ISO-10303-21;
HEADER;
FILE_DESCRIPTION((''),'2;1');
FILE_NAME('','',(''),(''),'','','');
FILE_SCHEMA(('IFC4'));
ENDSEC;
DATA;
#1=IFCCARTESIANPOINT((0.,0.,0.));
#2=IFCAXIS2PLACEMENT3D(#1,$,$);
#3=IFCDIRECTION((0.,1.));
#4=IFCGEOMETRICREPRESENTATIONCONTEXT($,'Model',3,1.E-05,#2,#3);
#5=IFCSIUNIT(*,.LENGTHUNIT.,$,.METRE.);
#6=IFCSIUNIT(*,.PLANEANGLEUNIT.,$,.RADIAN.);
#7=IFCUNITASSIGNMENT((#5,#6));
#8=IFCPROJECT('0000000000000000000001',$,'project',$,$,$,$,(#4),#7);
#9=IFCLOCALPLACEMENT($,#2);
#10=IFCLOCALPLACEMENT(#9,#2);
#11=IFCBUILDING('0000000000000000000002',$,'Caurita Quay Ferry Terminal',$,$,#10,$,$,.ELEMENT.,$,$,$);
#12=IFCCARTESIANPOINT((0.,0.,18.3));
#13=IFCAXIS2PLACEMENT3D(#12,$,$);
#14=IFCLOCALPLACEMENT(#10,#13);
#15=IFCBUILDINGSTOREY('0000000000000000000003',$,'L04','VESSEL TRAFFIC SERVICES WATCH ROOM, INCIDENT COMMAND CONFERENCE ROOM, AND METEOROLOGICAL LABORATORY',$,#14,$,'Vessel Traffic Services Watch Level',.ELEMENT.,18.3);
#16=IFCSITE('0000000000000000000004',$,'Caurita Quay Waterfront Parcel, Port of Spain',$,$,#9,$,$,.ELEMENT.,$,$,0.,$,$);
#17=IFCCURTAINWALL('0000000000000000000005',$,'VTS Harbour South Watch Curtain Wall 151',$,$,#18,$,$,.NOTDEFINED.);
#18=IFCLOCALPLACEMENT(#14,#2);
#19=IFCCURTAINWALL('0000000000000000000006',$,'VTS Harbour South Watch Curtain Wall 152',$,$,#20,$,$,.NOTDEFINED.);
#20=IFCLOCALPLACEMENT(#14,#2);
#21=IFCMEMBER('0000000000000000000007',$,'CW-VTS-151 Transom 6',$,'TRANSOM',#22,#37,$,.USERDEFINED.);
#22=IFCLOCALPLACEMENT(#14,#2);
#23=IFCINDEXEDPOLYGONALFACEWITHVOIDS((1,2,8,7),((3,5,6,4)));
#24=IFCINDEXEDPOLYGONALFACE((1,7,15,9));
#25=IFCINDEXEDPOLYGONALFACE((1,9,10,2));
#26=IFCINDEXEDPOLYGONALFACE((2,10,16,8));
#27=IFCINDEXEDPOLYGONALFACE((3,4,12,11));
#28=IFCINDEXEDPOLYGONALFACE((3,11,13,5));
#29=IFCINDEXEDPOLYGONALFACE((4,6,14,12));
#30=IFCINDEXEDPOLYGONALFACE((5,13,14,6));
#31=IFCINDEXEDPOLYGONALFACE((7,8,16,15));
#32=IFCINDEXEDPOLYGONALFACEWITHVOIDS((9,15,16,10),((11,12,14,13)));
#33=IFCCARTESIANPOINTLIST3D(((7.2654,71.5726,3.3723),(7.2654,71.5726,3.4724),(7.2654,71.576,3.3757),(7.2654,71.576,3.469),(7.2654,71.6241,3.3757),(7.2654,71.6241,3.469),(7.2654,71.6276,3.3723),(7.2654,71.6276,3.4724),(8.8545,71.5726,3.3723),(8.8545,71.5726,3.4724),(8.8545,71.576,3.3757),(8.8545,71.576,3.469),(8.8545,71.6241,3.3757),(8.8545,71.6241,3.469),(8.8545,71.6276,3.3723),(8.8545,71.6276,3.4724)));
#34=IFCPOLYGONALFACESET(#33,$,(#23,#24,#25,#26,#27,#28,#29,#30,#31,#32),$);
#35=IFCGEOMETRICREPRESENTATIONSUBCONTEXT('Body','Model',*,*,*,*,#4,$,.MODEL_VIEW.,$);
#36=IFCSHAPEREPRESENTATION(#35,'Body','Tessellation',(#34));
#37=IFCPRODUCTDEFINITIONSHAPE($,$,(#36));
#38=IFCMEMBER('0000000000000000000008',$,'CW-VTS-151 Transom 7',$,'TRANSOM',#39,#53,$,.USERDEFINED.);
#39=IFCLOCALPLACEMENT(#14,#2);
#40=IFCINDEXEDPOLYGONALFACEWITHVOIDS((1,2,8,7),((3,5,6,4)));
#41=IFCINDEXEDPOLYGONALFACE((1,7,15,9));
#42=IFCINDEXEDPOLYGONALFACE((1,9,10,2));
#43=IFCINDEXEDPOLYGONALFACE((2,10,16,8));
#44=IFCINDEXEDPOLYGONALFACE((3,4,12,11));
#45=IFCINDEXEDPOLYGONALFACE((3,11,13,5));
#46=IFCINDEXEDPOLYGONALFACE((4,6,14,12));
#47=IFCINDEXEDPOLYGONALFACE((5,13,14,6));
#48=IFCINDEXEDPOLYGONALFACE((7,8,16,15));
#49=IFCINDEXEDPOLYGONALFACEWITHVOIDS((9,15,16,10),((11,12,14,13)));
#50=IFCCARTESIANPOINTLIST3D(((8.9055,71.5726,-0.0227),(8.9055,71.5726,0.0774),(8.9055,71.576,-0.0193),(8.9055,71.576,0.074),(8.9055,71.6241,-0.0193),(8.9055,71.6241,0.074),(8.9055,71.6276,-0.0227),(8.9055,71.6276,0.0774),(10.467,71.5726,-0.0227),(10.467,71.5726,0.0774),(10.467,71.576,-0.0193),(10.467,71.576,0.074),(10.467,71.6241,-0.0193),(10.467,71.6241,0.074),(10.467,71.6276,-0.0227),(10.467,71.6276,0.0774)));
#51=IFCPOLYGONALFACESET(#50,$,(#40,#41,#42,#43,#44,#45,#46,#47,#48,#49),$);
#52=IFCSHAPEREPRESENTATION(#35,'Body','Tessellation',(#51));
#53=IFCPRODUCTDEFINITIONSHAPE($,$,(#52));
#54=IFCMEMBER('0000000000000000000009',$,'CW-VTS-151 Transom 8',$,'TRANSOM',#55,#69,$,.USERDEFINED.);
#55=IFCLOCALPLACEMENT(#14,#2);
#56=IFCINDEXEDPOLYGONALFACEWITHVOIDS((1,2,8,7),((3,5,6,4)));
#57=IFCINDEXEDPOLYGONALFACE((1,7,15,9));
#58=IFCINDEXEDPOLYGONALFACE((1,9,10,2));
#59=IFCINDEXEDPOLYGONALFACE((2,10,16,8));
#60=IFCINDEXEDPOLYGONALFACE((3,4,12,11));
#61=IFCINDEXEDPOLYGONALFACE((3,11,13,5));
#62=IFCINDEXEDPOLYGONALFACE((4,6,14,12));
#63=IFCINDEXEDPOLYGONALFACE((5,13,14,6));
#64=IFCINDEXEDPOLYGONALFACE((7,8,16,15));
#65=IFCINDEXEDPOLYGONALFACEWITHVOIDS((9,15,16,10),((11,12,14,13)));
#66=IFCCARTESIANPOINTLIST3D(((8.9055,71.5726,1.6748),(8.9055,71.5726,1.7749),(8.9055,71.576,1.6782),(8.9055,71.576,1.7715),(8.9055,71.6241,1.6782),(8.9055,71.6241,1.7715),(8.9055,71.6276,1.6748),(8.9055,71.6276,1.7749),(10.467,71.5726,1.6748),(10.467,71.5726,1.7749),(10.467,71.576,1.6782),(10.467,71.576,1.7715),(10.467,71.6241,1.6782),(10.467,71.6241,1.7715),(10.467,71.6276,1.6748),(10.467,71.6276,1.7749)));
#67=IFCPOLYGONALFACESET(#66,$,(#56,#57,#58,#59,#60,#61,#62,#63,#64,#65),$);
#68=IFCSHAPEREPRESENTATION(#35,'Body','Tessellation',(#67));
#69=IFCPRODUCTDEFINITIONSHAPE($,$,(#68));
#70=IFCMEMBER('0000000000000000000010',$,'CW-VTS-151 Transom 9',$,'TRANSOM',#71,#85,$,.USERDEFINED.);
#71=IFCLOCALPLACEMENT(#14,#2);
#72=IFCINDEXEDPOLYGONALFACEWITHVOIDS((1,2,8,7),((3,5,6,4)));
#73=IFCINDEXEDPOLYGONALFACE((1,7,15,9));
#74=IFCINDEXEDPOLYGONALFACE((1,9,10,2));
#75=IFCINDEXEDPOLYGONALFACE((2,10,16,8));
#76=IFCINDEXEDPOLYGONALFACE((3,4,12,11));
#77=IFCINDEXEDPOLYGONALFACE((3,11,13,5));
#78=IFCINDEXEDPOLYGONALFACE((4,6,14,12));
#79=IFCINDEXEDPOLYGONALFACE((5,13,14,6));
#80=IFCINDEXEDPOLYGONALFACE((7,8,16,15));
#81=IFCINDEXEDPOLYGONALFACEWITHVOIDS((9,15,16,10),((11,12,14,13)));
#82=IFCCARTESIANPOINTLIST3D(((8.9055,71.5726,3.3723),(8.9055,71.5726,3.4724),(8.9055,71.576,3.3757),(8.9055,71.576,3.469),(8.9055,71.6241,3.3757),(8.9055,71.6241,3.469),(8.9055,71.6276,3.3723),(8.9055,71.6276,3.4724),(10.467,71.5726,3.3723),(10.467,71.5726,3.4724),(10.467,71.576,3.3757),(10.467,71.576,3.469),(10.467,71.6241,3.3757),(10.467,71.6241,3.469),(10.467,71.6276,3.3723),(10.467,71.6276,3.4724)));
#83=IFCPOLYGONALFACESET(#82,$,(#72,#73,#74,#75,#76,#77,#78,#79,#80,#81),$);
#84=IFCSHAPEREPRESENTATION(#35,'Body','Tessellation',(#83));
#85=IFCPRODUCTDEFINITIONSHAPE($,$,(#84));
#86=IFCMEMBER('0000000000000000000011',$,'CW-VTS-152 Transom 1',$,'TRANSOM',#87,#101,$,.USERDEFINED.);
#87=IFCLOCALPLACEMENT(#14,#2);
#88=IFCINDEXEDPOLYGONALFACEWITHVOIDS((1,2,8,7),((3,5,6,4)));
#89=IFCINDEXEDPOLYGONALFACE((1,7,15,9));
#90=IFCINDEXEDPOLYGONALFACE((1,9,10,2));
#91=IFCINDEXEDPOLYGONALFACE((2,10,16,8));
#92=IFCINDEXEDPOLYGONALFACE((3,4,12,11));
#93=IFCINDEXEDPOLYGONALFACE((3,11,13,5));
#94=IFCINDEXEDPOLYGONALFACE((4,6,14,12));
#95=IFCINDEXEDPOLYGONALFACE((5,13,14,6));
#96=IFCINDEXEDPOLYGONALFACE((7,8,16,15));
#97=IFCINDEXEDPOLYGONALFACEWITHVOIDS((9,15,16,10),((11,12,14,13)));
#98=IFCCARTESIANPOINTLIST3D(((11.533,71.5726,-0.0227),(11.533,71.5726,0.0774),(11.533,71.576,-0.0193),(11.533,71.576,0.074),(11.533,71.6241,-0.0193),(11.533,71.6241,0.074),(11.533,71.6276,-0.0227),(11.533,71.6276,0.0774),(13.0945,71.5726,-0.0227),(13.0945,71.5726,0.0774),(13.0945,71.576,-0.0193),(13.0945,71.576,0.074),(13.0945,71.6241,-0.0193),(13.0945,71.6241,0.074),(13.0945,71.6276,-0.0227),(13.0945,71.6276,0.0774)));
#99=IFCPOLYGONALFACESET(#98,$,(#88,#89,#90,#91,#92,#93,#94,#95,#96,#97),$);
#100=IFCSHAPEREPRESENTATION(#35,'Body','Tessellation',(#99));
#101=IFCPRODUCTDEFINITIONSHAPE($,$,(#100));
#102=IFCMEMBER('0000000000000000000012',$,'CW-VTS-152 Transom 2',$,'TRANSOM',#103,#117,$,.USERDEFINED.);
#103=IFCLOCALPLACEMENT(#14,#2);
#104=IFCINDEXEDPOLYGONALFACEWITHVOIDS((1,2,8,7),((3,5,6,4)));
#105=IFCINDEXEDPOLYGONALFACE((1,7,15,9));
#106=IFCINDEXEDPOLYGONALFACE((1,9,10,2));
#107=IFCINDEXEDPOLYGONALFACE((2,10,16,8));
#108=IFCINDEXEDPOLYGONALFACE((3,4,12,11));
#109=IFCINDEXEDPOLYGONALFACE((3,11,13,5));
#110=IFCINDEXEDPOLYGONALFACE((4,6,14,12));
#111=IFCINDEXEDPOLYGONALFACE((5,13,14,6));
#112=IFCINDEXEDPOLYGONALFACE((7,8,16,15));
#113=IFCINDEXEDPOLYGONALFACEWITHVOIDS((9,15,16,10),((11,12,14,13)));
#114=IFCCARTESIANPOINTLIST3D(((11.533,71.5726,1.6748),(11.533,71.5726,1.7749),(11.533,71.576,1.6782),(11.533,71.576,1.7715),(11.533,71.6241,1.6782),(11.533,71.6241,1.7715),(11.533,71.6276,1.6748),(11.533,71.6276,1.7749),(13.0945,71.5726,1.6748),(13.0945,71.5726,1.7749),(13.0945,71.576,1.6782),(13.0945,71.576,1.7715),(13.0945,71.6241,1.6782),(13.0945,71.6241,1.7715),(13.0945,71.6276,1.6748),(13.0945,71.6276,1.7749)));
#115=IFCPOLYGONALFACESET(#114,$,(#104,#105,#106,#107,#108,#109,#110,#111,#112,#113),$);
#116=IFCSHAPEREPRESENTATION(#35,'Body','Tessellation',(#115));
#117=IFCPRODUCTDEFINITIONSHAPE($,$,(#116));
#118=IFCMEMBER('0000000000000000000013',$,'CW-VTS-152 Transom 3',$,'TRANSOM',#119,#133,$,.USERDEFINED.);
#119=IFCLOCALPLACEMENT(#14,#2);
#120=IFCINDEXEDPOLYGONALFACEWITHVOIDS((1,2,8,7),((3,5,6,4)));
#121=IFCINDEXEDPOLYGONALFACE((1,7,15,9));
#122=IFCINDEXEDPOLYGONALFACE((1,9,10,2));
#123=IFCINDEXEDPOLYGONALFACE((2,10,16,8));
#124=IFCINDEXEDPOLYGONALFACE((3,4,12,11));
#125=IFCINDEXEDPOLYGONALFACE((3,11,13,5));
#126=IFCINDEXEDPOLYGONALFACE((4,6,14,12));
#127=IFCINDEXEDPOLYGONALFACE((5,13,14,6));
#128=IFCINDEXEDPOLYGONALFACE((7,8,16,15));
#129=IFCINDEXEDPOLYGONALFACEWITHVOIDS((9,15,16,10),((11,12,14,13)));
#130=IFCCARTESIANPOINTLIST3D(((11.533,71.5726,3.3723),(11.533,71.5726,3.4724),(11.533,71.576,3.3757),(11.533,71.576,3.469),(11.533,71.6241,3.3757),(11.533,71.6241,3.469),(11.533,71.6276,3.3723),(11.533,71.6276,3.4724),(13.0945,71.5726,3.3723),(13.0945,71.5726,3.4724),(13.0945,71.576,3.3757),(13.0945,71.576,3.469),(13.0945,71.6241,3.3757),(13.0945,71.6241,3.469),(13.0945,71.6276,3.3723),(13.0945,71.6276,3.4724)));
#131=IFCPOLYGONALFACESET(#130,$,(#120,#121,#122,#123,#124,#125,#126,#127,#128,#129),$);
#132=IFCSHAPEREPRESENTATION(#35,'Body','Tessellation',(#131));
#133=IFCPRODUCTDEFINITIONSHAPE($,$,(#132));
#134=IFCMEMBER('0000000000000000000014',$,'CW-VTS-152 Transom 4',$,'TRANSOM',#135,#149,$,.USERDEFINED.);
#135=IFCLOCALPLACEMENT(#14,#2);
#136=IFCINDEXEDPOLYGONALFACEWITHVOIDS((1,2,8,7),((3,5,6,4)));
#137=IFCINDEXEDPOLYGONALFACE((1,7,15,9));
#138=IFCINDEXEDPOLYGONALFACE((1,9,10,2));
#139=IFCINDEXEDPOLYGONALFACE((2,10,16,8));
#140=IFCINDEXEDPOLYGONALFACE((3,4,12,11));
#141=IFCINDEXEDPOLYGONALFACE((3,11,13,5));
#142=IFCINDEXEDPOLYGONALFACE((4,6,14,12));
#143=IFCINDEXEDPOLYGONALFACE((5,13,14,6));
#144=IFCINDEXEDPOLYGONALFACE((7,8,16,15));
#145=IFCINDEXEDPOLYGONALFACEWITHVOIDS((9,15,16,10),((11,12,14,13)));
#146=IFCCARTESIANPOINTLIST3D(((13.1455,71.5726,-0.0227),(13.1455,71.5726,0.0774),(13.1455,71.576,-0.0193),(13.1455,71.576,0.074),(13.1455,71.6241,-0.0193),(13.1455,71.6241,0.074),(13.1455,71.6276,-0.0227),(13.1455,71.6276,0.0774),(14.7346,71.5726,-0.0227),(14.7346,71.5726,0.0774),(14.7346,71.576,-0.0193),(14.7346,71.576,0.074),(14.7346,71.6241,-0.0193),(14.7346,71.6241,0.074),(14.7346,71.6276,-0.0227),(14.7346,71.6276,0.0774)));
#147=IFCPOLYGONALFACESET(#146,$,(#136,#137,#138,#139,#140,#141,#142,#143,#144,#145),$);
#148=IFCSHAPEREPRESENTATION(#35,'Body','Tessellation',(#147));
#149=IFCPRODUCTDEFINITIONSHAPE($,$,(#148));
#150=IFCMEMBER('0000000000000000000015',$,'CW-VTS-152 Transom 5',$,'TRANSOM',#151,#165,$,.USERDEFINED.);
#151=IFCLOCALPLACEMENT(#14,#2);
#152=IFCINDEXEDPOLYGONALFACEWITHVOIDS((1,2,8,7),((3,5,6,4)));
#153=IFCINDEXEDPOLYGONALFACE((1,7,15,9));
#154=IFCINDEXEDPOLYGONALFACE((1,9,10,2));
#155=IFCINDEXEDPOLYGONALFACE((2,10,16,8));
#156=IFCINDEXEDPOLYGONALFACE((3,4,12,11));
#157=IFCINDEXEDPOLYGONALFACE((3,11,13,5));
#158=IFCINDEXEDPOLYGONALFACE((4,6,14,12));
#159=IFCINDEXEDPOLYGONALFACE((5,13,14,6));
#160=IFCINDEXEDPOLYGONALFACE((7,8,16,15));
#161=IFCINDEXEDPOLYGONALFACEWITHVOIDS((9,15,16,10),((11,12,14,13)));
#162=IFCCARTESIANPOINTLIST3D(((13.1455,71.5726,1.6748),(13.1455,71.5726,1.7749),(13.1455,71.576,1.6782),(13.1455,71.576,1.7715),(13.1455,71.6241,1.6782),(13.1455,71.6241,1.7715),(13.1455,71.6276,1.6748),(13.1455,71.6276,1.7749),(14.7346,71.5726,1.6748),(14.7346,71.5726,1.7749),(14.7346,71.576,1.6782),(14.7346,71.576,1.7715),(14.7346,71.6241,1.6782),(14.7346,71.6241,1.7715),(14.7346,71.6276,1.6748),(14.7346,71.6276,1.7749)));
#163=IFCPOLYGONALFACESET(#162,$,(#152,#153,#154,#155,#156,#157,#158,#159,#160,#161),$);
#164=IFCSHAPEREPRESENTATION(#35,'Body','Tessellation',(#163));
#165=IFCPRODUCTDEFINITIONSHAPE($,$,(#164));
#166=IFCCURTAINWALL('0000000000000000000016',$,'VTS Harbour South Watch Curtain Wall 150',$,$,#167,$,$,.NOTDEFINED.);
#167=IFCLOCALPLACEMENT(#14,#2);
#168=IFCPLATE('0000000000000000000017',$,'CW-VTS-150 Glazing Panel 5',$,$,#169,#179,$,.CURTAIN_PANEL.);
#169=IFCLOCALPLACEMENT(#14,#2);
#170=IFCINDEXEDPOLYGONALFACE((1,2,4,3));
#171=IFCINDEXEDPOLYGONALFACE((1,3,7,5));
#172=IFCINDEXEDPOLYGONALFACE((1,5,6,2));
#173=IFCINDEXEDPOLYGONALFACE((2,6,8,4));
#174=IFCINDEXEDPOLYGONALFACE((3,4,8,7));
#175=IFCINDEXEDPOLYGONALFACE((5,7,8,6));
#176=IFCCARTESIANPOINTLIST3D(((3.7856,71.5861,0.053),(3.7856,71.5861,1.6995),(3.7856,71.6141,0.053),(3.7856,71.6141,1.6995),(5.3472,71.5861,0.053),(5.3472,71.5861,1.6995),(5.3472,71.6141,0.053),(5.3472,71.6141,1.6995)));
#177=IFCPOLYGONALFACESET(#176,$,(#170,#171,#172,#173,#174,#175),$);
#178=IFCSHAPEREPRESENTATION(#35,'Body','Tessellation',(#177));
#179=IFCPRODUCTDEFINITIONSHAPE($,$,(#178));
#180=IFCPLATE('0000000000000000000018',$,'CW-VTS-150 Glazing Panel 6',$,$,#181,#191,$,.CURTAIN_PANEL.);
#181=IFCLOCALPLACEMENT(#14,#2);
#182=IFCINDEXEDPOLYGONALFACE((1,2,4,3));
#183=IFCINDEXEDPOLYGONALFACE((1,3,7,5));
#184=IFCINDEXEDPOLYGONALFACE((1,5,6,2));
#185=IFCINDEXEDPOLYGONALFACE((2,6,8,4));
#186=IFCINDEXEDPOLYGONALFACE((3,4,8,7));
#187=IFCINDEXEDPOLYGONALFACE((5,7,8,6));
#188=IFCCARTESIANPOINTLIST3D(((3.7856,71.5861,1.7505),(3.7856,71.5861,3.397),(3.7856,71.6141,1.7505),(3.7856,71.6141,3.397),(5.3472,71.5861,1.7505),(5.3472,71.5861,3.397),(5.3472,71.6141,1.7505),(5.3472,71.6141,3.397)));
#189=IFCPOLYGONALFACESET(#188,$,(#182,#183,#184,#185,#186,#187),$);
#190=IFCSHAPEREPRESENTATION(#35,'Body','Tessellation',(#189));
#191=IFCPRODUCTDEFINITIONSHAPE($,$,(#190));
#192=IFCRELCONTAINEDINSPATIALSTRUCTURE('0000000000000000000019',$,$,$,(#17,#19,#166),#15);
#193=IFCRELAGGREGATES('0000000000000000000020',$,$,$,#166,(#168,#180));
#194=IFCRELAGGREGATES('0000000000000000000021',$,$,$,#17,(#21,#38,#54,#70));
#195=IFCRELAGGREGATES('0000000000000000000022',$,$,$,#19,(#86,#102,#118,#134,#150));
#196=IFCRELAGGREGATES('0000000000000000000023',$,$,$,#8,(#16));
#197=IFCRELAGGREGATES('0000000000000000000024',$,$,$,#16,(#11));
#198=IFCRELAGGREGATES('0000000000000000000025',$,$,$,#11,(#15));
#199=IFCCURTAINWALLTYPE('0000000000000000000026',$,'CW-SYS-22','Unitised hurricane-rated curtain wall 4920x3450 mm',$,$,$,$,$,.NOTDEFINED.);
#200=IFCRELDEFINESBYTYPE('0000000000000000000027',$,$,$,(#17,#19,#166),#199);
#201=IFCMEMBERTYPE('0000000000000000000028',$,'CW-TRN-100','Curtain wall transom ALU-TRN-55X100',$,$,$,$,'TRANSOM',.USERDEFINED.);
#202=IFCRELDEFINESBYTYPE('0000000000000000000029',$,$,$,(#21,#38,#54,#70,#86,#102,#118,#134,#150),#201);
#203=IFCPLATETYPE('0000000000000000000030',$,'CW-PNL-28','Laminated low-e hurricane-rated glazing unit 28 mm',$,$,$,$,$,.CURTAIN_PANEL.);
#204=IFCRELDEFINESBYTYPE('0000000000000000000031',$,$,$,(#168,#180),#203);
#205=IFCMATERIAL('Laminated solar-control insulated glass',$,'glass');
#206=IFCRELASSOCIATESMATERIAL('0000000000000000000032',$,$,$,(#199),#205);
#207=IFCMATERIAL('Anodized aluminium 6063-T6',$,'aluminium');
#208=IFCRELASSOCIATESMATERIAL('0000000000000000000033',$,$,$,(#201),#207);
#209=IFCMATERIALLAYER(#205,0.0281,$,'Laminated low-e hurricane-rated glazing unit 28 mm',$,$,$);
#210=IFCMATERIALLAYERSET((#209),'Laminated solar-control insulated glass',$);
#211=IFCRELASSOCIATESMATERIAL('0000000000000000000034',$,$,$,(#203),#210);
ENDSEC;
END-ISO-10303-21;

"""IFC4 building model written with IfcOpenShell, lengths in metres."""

from ifc_helpers import new_model, si_unit, direction, frame, origin, origin_2d, place, context, subcontext, project, spatial, rectangle, hollow_rectangle, extrude, material, layer, layer_set, material_profile, profile_set, type_object, element, aggregate, save


model = new_model("IFC4")

# Units and contexts
model_context = context("Model", 3, precision=1e-05, world=origin(), true_north=direction((0.0, 1.0)))
body_context = subcontext(model_context, "Body", "Model", "MODEL_VIEW")
ifc_project = project(units=[si_unit("LENGTHUNIT", "METRE"), si_unit("PLANEANGLEUNIT", "RADIAN")], contexts=[model_context])

# Site, building, storey
site_placement = place(None, origin())
site = spatial("IfcSite", under=ifc_project, at=site_placement, Name="Caurita Quay Waterfront Parcel, Port of Spain", CompositionType="ELEMENT", RefElevation=0.0)
building_placement = place(site_placement, origin())
building = spatial("IfcBuilding", under=site, at=building_placement, Name="Caurita Quay Ferry Terminal", CompositionType="ELEMENT")
storey_placement = place(building_placement, frame((0.0, 0.0, 18.3)))
storey = spatial("IfcBuildingStorey", under=building, at=storey_placement, Name="L04", Description="VESSEL TRAFFIC SERVICES WATCH ROOM, INCIDENT COMMAND CONFERENCE ROOM, AND METEOROLOGICAL LABORATORY", LongName="Vessel Traffic Services Watch Level", CompositionType="ELEMENT", Elevation=18.3)

# Curtain walls
ifc_material_1 = material(Name="Laminated solar-control insulated glass", Category="glass")
curtain_wall_type = type_object("IfcCurtainWallType", Name="CW-SYS-22", Description="Unitised hurricane-rated curtain wall 4920x3450 mm", PredefinedType="NOTDEFINED", material=ifc_material_1)
curtain_wall_1_placement = place(storey_placement, origin())
curtain_wall_1 = element("IfcCurtainWall", 1, at=curtain_wall_1_placement, inside=storey, type_object=curtain_wall_type, Name="VTS Harbour South Watch Curtain Wall 151", PredefinedType="NOTDEFINED")
ifc_material_2 = material(Name="Anodized aluminium 6063-T6", Category="aluminium")
curtain_wall_2_placement = place(storey_placement, origin())
curtain_wall_2 = element("IfcCurtainWall", 2, at=curtain_wall_2_placement, inside=storey, type_object=curtain_wall_type, Name="VTS Harbour South Watch Curtain Wall 152", PredefinedType="NOTDEFINED")

# Members
ifc_material_profile_1 = material_profile(ifc_material_2, hollow_rectangle(XDim=0.0549, YDim=0.1001, WallThickness=0.0034, at=origin_2d()), Name="ALU-TRN-55X100")
ifc_profile_set_1 = profile_set([ifc_material_profile_1], Name="Anodized aluminium 6063-T6")
member_type_1 = type_object("IfcMemberType", Name="CW-TRN-100", Description="Curtain wall transom ALU-TRN-55X100", ElementType="TRANSOM", PredefinedType="USERDEFINED", material=ifc_profile_set_1)
member_1_placement = place(storey_placement, frame((7.2654, 71.6001, 3.4224), z_axis=(1.0, 0.0, 0.0), x_axis=(0.0, 1.0, 0.0)))
member_1 = element("IfcMember", 3, at=member_1_placement, type_object=member_type_1, Name="CW-VTS-151 Transom 6", ObjectType="TRANSOM", PredefinedType="USERDEFINED", context=body_context, shape_type="SweptSolid", body=[
    extrude(hollow_rectangle(XDim=0.0549, YDim=0.1001, WallThickness=0.0034, at=origin_2d()), origin(), (0.0, 0.0, 1.0), 1.5891),
])
member_2_placement = place(storey_placement, frame((8.9055, 71.6001, 0.0273), z_axis=(1.0, 0.0, 0.0), x_axis=(0.0, 1.0, 0.0)))
member_2 = element("IfcMember", 4, at=member_2_placement, type_object=member_type_1, Name="CW-VTS-151 Transom 7", ObjectType="TRANSOM", PredefinedType="USERDEFINED", context=body_context, shape_type="SweptSolid", body=[
    extrude(hollow_rectangle(XDim=0.0549, YDim=0.1001, WallThickness=0.0034, at=origin_2d()), origin(), (0.0, 0.0, 1.0), 1.5615),
])
member_3_placement = place(storey_placement, frame((8.9055, 71.6001, 1.7249), z_axis=(1.0, 0.0, 0.0), x_axis=(0.0, 1.0, 0.0)))
member_3 = element("IfcMember", 5, at=member_3_placement, type_object=member_type_1, Name="CW-VTS-151 Transom 8", ObjectType="TRANSOM", PredefinedType="USERDEFINED", context=body_context, shape_type="SweptSolid", body=[
    extrude(hollow_rectangle(XDim=0.0549, YDim=0.1001, WallThickness=0.0034, at=origin_2d()), origin(), (0.0, 0.0, 1.0), 1.5615),
])
member_4_placement = place(storey_placement, frame((8.9055, 71.6001, 3.4224), z_axis=(1.0, 0.0, 0.0), x_axis=(0.0, 1.0, 0.0)))
member_4 = element("IfcMember", 6, at=member_4_placement, type_object=member_type_1, Name="CW-VTS-151 Transom 9", ObjectType="TRANSOM", PredefinedType="USERDEFINED", context=body_context, shape_type="SweptSolid", body=[
    extrude(hollow_rectangle(XDim=0.0549, YDim=0.1001, WallThickness=0.0034, at=origin_2d()), origin(), (0.0, 0.0, 1.0), 1.5615),
])
member_5_placement = place(storey_placement, frame((11.533, 71.6001, 0.0273), z_axis=(1.0, 0.0, 0.0), x_axis=(0.0, 1.0, 0.0)))
member_5 = element("IfcMember", 7, at=member_5_placement, type_object=member_type_1, Name="CW-VTS-152 Transom 1", ObjectType="TRANSOM", PredefinedType="USERDEFINED", context=body_context, shape_type="SweptSolid", body=[
    extrude(hollow_rectangle(XDim=0.0549, YDim=0.1001, WallThickness=0.0034, at=origin_2d()), origin(), (0.0, 0.0, 1.0), 1.5615),
])
member_6_placement = place(storey_placement, frame((11.533, 71.6001, 1.7249), z_axis=(1.0, 0.0, 0.0), x_axis=(0.0, 1.0, 0.0)))
member_6 = element("IfcMember", 8, at=member_6_placement, type_object=member_type_1, Name="CW-VTS-152 Transom 2", ObjectType="TRANSOM", PredefinedType="USERDEFINED", context=body_context, shape_type="SweptSolid", body=[
    extrude(hollow_rectangle(XDim=0.0549, YDim=0.1001, WallThickness=0.0034, at=origin_2d()), origin(), (0.0, 0.0, 1.0), 1.5615),
])
member_7_placement = place(storey_placement, frame((11.533, 71.6001, 3.4224), z_axis=(1.0, 0.0, 0.0), x_axis=(0.0, 1.0, 0.0)))
member_7 = element("IfcMember", 9, at=member_7_placement, type_object=member_type_1, Name="CW-VTS-152 Transom 3", ObjectType="TRANSOM", PredefinedType="USERDEFINED", context=body_context, shape_type="SweptSolid", body=[
    extrude(hollow_rectangle(XDim=0.0549, YDim=0.1001, WallThickness=0.0034, at=origin_2d()), origin(), (0.0, 0.0, 1.0), 1.5615),
])
member_8_placement = place(storey_placement, frame((13.1455, 71.6001, 0.0273), z_axis=(1.0, 0.0, 0.0), x_axis=(0.0, 1.0, 0.0)))
member_8 = element("IfcMember", 10, at=member_8_placement, type_object=member_type_1, Name="CW-VTS-152 Transom 4", ObjectType="TRANSOM", PredefinedType="USERDEFINED", context=body_context, shape_type="SweptSolid", body=[
    extrude(hollow_rectangle(XDim=0.0549, YDim=0.1001, WallThickness=0.0034, at=origin_2d()), origin(), (0.0, 0.0, 1.0), 1.5891),
])
member_9_placement = place(storey_placement, frame((13.1455, 71.6001, 1.7249), z_axis=(1.0, 0.0, 0.0), x_axis=(0.0, 1.0, 0.0)))
member_9 = element("IfcMember", 11, at=member_9_placement, type_object=member_type_1, Name="CW-VTS-152 Transom 5", ObjectType="TRANSOM", PredefinedType="USERDEFINED", context=body_context, shape_type="SweptSolid", body=[
    extrude(hollow_rectangle(XDim=0.0549, YDim=0.1001, WallThickness=0.0034, at=origin_2d()), origin(), (0.0, 0.0, 1.0), 1.5891),
])

# Curtain wall, plates
curtain_wall_3_placement = place(storey_placement, origin())
curtain_wall_3 = element("IfcCurtainWall", 12, at=curtain_wall_3_placement, inside=storey, type_object=curtain_wall_type, Name="VTS Harbour South Watch Curtain Wall 150", PredefinedType="NOTDEFINED")
ifc_layer = layer(ifc_material_1, 0.0281, Name="Laminated low-e hurricane-rated glazing unit 28 mm")
ifc_layer_set = layer_set([ifc_layer], Name="Laminated solar-control insulated glass")
plate_type = type_object("IfcPlateType", Name="CW-PNL-28", Description="Laminated low-e hurricane-rated glazing unit 28 mm", PredefinedType="CURTAIN_PANEL", material=ifc_layer_set)
plate_1_placement = place(storey_placement, frame((4.5664, 71.6001, 0.053), z_axis=(0.0, 0.0, 1.0), x_axis=(1.0, 0.0, 0.0)))
plate_1 = element("IfcPlate", 13, at=plate_1_placement, type_object=plate_type, Name="CW-VTS-150 Glazing Panel 5", PredefinedType="CURTAIN_PANEL", context=body_context, shape_type="SweptSolid", body=[
    extrude(rectangle(XDim=1.5615, YDim=0.0281, at=origin_2d()), origin(), (0.0, 0.0, 1.0), 1.6465),
])
plate_2_placement = place(storey_placement, frame((4.5664, 71.6001, 1.7505), z_axis=(0.0, 0.0, 1.0), x_axis=(1.0, 0.0, 0.0)))
plate_2 = element("IfcPlate", 14, at=plate_2_placement, type_object=plate_type, Name="CW-VTS-150 Glazing Panel 6", PredefinedType="CURTAIN_PANEL", context=body_context, shape_type="SweptSolid", body=[
    extrude(rectangle(XDim=1.5615, YDim=0.0281, at=origin_2d()), origin(), (0.0, 0.0, 1.0), 1.6465),
])
aggregate(curtain_wall_3, [plate_1, plate_2])

aggregate(curtain_wall_1, [member_1, member_2, member_3, member_4])
aggregate(curtain_wall_2, [member_5, member_6, member_7, member_8, member_9])

save(model, "model.ifc")
